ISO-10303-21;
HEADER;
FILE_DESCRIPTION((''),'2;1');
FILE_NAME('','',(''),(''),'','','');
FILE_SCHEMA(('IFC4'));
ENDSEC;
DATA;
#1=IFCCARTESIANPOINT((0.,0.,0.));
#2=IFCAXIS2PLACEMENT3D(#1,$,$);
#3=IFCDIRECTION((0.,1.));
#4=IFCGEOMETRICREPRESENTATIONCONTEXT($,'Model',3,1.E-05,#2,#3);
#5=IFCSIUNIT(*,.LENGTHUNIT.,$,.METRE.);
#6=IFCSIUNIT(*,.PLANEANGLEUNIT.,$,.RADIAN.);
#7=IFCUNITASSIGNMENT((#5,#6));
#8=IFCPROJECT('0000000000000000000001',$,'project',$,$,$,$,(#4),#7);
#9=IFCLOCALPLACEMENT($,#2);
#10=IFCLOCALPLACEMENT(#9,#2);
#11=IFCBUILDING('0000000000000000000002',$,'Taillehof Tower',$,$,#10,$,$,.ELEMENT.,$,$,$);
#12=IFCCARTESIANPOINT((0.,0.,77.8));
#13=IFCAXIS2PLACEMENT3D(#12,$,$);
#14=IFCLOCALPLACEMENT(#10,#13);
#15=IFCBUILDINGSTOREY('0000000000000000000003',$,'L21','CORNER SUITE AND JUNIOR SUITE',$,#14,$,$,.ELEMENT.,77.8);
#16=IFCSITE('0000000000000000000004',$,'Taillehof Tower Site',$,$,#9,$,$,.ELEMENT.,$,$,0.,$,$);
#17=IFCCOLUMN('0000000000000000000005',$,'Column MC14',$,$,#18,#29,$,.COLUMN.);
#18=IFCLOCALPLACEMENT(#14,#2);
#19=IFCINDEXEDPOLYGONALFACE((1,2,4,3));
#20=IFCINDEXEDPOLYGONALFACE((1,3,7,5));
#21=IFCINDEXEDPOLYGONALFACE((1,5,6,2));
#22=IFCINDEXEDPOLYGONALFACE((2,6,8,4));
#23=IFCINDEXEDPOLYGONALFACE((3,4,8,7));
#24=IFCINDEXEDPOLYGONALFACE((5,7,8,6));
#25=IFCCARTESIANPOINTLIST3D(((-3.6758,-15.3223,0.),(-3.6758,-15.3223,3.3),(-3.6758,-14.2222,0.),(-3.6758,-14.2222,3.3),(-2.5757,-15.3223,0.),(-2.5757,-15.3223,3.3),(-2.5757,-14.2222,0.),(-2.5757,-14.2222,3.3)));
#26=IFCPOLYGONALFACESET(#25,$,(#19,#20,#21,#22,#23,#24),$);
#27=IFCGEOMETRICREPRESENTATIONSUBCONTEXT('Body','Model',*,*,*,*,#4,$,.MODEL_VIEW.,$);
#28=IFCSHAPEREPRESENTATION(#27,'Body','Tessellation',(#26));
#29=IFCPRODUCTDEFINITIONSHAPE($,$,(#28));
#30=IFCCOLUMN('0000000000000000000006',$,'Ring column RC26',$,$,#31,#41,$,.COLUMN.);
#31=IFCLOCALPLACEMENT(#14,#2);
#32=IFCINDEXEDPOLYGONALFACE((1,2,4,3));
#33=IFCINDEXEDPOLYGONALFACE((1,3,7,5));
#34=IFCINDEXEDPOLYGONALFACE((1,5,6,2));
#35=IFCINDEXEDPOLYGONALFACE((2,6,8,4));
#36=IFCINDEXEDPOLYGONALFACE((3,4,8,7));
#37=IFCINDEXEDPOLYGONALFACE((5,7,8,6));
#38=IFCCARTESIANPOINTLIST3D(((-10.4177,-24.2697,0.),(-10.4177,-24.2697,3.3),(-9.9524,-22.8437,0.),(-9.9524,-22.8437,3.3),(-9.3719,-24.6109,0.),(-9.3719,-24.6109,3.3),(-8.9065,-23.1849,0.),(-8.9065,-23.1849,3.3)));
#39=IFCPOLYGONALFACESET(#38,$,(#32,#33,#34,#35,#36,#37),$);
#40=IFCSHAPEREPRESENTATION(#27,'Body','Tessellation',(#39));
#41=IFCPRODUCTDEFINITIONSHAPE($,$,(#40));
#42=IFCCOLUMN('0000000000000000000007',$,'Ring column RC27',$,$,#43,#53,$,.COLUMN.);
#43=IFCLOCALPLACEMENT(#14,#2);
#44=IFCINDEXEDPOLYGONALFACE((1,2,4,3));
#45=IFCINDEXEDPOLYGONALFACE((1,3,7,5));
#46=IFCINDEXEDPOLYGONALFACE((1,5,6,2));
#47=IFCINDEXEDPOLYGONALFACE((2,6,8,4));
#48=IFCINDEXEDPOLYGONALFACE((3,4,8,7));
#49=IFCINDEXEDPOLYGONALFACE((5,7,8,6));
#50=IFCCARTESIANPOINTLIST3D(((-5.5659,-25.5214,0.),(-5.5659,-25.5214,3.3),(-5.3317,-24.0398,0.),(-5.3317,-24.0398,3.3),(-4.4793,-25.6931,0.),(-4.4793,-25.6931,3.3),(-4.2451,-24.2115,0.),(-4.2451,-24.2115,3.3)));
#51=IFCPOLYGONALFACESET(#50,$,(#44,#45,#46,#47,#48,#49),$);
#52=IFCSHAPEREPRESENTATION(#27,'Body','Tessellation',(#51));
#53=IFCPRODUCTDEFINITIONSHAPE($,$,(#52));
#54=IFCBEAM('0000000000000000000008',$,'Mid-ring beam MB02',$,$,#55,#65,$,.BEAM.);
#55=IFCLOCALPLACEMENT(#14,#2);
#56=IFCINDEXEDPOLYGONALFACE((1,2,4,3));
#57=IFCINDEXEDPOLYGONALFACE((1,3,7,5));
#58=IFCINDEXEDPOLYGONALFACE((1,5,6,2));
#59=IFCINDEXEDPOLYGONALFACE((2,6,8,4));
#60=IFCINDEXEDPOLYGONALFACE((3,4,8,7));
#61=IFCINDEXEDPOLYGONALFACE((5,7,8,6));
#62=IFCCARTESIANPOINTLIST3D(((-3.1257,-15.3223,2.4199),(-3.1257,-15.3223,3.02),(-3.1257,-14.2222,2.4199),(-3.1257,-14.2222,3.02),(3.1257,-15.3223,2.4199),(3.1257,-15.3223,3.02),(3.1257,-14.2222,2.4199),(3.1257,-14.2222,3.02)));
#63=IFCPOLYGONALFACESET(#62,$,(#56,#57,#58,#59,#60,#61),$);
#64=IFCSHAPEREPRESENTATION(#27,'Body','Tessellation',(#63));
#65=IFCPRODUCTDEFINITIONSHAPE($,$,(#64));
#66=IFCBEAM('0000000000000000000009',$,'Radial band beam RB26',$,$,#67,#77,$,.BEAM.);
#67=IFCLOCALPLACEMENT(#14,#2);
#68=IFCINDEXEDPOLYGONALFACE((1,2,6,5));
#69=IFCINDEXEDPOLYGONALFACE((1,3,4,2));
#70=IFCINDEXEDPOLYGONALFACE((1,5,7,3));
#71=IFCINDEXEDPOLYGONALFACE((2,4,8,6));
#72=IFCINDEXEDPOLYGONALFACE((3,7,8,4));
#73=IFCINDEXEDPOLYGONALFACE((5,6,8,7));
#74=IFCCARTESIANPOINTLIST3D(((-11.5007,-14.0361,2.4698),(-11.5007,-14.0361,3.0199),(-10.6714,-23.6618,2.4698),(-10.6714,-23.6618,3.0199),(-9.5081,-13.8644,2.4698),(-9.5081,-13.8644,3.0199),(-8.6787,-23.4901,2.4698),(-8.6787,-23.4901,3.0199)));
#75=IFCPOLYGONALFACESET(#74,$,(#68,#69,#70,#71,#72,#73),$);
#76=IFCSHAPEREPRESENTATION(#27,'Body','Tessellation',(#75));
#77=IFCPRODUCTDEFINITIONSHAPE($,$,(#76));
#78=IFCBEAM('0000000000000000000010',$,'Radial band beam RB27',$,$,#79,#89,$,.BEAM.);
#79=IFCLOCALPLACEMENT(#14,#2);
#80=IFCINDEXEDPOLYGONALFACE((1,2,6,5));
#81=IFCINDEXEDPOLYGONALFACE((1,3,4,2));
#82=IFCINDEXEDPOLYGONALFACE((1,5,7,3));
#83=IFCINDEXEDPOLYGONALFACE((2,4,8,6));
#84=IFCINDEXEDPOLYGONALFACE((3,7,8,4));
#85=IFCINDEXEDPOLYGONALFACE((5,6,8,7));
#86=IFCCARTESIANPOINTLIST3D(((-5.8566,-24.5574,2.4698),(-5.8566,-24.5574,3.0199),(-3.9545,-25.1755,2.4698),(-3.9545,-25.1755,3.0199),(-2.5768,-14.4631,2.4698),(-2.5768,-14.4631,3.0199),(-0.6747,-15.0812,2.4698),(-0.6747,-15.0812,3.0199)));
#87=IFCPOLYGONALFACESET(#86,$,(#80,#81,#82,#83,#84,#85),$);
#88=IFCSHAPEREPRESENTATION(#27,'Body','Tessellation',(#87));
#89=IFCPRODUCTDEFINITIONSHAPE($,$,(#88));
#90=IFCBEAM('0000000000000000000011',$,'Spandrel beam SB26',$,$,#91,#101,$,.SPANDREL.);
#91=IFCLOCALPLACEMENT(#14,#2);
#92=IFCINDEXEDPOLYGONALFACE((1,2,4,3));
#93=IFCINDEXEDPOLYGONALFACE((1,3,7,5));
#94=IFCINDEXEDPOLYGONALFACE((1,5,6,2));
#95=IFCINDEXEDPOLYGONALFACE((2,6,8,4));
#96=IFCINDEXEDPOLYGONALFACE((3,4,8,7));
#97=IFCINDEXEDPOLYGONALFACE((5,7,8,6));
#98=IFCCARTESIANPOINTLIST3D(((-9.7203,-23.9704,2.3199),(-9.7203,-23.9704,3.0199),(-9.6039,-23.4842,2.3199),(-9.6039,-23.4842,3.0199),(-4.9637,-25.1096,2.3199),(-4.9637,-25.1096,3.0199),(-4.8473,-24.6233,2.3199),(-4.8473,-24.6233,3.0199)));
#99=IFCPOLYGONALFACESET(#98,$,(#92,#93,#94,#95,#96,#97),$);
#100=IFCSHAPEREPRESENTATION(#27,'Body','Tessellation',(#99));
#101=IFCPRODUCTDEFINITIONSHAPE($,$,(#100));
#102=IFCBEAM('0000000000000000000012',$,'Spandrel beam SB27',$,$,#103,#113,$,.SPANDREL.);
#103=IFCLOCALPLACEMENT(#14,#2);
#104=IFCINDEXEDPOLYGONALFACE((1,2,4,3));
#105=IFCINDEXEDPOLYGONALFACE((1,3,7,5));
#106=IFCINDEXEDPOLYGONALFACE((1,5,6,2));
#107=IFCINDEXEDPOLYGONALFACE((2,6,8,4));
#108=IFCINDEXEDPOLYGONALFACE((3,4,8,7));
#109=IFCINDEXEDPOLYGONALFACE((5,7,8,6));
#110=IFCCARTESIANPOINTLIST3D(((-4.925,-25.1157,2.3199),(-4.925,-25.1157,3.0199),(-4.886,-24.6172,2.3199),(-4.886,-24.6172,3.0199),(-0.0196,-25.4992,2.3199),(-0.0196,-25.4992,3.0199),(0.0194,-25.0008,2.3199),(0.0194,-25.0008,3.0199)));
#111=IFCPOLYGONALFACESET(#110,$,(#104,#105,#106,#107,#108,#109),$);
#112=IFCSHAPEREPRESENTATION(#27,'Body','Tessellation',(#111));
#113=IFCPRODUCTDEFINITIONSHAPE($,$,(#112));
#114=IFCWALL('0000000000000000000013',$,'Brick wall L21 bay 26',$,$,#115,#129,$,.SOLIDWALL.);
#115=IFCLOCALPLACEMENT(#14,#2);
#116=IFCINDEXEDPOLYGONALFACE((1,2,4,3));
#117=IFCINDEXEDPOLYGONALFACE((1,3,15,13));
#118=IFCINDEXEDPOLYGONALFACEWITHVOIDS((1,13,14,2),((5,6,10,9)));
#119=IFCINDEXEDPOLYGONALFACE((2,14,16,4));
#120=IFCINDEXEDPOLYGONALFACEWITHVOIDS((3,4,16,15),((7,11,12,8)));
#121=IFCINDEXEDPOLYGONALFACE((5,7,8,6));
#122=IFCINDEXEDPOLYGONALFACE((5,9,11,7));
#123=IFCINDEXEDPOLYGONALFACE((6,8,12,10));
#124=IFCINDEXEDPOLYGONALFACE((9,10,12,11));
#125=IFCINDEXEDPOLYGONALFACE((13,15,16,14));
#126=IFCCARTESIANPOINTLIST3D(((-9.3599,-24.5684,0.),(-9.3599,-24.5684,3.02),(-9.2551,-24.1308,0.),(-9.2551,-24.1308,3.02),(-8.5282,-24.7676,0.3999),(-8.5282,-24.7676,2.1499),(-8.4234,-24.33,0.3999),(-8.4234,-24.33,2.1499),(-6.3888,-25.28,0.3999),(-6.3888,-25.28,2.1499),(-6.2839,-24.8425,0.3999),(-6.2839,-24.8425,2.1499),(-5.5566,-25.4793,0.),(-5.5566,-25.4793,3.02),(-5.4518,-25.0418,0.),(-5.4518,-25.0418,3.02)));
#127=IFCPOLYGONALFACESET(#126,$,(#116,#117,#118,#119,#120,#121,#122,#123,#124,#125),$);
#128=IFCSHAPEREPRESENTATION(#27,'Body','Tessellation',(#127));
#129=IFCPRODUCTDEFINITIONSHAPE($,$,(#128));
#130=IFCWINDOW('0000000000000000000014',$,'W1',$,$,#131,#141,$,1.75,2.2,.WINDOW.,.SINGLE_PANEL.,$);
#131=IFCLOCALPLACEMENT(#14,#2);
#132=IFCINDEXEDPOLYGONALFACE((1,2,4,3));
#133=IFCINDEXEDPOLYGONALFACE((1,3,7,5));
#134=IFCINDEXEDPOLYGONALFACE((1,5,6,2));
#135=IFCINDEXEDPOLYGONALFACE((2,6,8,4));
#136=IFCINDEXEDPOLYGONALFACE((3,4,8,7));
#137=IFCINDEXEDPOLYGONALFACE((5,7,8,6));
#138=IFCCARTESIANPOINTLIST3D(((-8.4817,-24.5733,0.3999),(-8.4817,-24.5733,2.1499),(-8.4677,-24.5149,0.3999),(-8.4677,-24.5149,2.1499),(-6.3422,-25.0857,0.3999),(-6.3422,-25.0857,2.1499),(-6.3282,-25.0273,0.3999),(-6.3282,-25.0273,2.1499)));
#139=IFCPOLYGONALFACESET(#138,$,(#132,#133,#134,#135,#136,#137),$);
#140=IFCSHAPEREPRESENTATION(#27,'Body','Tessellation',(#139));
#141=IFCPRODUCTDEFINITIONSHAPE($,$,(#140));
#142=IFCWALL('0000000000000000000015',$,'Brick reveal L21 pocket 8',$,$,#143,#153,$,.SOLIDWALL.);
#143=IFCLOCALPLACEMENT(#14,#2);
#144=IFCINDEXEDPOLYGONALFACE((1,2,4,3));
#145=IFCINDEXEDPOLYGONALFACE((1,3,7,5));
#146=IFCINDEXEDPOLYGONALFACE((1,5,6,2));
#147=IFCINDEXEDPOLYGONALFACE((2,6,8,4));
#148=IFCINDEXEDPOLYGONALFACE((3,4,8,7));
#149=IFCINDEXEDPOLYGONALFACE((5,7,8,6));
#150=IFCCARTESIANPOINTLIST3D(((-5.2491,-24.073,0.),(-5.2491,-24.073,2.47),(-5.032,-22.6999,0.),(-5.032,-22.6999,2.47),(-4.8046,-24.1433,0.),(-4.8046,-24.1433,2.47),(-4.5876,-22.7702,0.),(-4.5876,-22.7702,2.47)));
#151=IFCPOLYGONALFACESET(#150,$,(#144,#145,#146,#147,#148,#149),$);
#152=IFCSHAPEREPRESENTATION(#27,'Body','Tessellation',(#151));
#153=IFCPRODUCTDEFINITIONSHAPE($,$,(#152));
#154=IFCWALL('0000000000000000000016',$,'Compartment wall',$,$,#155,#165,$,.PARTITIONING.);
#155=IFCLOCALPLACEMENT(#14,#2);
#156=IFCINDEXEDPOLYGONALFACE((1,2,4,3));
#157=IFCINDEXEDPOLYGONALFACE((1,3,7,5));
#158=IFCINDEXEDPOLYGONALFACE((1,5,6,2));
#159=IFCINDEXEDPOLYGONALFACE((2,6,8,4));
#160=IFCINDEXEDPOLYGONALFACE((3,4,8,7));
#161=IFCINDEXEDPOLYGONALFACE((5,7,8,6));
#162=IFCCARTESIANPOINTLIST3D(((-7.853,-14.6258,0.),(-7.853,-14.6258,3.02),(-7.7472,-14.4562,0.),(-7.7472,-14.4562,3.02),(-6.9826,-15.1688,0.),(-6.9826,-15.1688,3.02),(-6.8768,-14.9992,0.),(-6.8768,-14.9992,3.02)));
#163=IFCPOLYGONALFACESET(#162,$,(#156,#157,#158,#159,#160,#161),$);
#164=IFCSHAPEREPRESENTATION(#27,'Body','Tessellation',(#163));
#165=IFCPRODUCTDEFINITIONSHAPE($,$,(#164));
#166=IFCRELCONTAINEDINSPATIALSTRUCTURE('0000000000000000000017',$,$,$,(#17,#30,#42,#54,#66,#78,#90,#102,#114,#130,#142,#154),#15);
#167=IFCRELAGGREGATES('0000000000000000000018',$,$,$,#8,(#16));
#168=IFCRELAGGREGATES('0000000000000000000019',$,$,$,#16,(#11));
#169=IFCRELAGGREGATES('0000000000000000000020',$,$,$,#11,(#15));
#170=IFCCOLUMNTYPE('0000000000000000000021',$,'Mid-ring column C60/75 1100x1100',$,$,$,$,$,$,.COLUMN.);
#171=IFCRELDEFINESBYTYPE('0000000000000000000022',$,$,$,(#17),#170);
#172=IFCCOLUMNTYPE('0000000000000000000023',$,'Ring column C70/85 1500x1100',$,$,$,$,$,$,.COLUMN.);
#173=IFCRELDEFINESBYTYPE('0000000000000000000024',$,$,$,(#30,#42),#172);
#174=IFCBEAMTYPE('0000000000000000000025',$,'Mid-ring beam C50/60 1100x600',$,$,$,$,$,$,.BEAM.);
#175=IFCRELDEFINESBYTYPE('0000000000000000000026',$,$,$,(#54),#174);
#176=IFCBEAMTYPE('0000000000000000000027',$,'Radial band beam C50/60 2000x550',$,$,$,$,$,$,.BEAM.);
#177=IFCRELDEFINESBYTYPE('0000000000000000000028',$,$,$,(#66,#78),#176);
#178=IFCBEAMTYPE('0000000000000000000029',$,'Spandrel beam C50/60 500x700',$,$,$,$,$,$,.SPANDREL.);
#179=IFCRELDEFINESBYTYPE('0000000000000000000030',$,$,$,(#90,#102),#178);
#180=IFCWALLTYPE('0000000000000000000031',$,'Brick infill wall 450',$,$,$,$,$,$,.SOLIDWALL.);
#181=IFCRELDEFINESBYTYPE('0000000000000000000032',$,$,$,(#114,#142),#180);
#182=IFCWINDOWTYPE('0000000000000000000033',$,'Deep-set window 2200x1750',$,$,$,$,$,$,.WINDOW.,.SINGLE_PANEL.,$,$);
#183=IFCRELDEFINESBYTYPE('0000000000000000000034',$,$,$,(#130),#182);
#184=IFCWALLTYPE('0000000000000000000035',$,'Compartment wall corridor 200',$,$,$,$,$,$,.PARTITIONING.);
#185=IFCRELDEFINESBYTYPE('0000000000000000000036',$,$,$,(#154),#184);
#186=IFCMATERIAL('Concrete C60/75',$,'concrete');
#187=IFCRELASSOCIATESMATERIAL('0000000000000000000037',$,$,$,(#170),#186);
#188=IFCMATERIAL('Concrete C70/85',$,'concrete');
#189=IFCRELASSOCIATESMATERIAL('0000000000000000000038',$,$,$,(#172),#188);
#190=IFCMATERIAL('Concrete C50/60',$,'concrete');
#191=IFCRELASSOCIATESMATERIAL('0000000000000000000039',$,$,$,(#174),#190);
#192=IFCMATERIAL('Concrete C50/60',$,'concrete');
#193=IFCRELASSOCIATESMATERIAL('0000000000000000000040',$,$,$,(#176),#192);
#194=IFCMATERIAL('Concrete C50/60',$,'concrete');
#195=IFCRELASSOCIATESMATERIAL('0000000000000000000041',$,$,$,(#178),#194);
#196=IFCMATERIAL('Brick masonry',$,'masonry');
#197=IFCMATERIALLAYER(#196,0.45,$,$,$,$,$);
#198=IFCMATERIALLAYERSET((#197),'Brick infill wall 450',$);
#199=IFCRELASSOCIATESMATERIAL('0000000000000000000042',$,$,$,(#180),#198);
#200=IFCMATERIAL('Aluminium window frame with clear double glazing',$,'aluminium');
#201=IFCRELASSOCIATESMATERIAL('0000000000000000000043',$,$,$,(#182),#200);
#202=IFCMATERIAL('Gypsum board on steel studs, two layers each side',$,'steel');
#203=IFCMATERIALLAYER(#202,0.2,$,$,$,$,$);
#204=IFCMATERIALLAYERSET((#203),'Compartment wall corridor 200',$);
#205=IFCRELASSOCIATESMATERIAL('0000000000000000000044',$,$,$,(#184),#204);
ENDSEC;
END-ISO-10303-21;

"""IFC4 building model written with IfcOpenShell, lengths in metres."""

from ifc_helpers import new_model, si_unit, direction, frame, frame_2d, origin, origin_2d, place, context, subcontext, project, spatial, rectangle, extrude, material, layer, layer_set, material_profile, profile_set, type_object, element, fill, save


model = new_model("IFC4")

# Units and contexts
model_context = context("Model", 3, precision=1e-05, world=origin(), true_north=direction((0.0, 1.0)))
body_context = subcontext(model_context, "Body", "Model", "MODEL_VIEW")
ifc_project = project(units=[si_unit("LENGTHUNIT", "METRE"), si_unit("PLANEANGLEUNIT", "RADIAN")], contexts=[model_context])

# Site, building, storey
site_placement = place(None, origin())
site = spatial("IfcSite", under=ifc_project, at=site_placement, Name="Taillehof Tower Site", CompositionType="ELEMENT", RefElevation=0.0)
building_placement = place(site_placement, origin())
building = spatial("IfcBuilding", under=site, at=building_placement, Name="Taillehof Tower", CompositionType="ELEMENT")
storey_placement = place(building_placement, frame((0.0, 0.0, 77.8)))
storey = spatial("IfcBuildingStorey", under=building, at=storey_placement, Name="L21", Description="CORNER SUITE AND JUNIOR SUITE", CompositionType="ELEMENT", Elevation=77.8)

# Columns
ifc_material_1 = material(Name="Concrete C60/75", Category="concrete")
ifc_material_profile_1 = material_profile(ifc_material_1, rectangle(XDim=1.1001, YDim=1.1001, at=origin_2d()), Name="RC 1100x1100")
ifc_profile_set_1 = profile_set([ifc_material_profile_1], Name="Concrete C60/75")
column_type_1 = type_object("IfcColumnType", Name="Mid-ring column C60/75 1100x1100", PredefinedType="COLUMN", material=ifc_profile_set_1)
column_placement = place(storey_placement, frame((-3.1257, -14.7722, 0.0), z_axis=(0.0, 0.0, 1.0), x_axis=(1.0, 0.0, 0.0)))
element("IfcColumn", 1, at=column_placement, inside=storey, type_object=column_type_1, Name="Column MC14", PredefinedType="COLUMN", context=body_context, shape_type="SweptSolid", body=[
    extrude(rectangle(XDim=1.1001, YDim=1.1001, at=origin_2d()), origin(), (0.0, 0.0, 1.0), 3.3),
])
ifc_material_2 = material(Name="Concrete C70/85", Category="concrete")
ifc_material_profile_2 = material_profile(ifc_material_2, rectangle(XDim=1.5, YDim=1.1001, at=origin_2d()), Name="RC 1500x1100")
ifc_profile_set_2 = profile_set([ifc_material_profile_2], Name="Concrete C70/85")
column_type_2 = type_object("IfcColumnType", Name="Ring column C70/85 1500x1100", PredefinedType="COLUMN", material=ifc_profile_set_2)
for number, where, z_axis, x_axis, name in (
    (2, (-9.6621, -23.7273, 0.0), (0.0, 0.0, 1.0), (-0.310219, -0.950665, 0.0), "Ring column RC26"),
    (3, (-4.9055, -24.8665, 0.0), (0.0, 0.0, 1.0), (-0.156147, -0.987734, 0.0), "Ring column RC27"),
):
    element("IfcColumn", number, at=place(storey_placement, frame(where, z_axis=z_axis, x_axis=x_axis)), inside=storey, type_object=column_type_2, Name=name, PredefinedType="COLUMN", context=body_context, shape_type="SweptSolid", body=[
        extrude(rectangle(XDim=1.5, YDim=1.1001, at=origin_2d()), origin(), (0.0, 0.0, 1.0), 3.3),
    ])

# Beams
ifc_material_3 = material(Name="Concrete C50/60", Category="concrete")
ifc_material_profile_3 = material_profile(ifc_material_3, rectangle(XDim=1.1001, YDim=0.6001, at=origin_2d()), Name="RC 1100x600")
ifc_profile_set_3 = profile_set([ifc_material_profile_3], Name="Concrete C50/60")
beam_type_1 = type_object("IfcBeamType", Name="Mid-ring beam C50/60 1100x600", PredefinedType="BEAM", material=ifc_profile_set_3)
beam_1_placement = place(storey_placement, frame((-3.1257, -14.7722, 2.72), z_axis=(1.0, 0.0, 0.0), x_axis=(0.0, 1.0, 0.0)))
element("IfcBeam", 4, at=beam_1_placement, inside=storey, type_object=beam_type_1, Name="Mid-ring beam MB02", PredefinedType="BEAM", context=body_context, shape_type="SweptSolid", body=[
    extrude(rectangle(XDim=1.1001, YDim=0.6001, at=origin_2d()), origin(), (0.0, 0.0, 1.0), 6.2515),
])
ifc_material_4 = material(Name="Concrete C50/60", Category="concrete")
ifc_material_profile_4 = material_profile(ifc_material_4, rectangle(XDim=2.0, YDim=0.55, at=origin_2d()), Name="RC 2000x550")
ifc_profile_set_4 = profile_set([ifc_material_profile_4], Name="Concrete C50/60")
beam_type_2 = type_object("IfcBeamType", Name="Radial band beam C50/60 2000x550", PredefinedType="BEAM", material=ifc_profile_set_4)
beam_2_placement = place(storey_placement, frame((-9.675, -23.5759, 2.7449), z_axis=(-0.085841, 0.996309, 0.0), x_axis=(-0.996309, -0.085841, 0.0)))
element("IfcBeam", 5, at=beam_2_placement, inside=storey, type_object=beam_type_2, Name="Radial band beam RB26", PredefinedType="BEAM", context=body_context, shape_type="SweptSolid", body=[
    extrude(rectangle(XDim=2.0, YDim=0.55, at=origin_2d()), origin(), (0.0, 0.0, 1.0), 9.6614),
])
beam_3_placement = place(storey_placement, frame((-4.9055, -24.8665, 2.7449), z_axis=(0.309014, 0.951057, 0.0), x_axis=(-0.951057, 0.309014, 0.0)))
element("IfcBeam", 6, at=beam_3_placement, inside=storey, type_object=beam_type_2, Name="Radial band beam RB27", PredefinedType="BEAM", context=body_context, shape_type="SweptSolid", body=[
    extrude(rectangle(XDim=2.0, YDim=0.55, at=origin_2d()), origin(), (0.0, 0.0, 1.0), 10.6138),
])
ifc_material_5 = material(Name="Concrete C50/60", Category="concrete")
ifc_material_profile_5 = material_profile(ifc_material_5, rectangle(XDim=0.5, YDim=0.7, at=origin_2d()), Name="RC 500x700")
ifc_profile_set_5 = profile_set([ifc_material_profile_5], Name="Concrete C50/60")
beam_type_3 = type_object("IfcBeamType", Name="Spandrel beam C50/60 500x700", PredefinedType="SPANDREL", material=ifc_profile_set_5)
beam_4_placement = place(storey_placement, frame((-9.6621, -23.7273, 2.6699), z_axis=(0.9725, -0.232905, 0.0), x_axis=(0.232905, 0.9725, 0.0)))
element("IfcBeam", 7, at=beam_4_placement, inside=storey, type_object=beam_type_3, Name="Spandrel beam SB26", PredefinedType="SPANDREL", context=body_context, shape_type="SweptSolid", body=[
    extrude(rectangle(XDim=0.5, YDim=0.7, at=origin_2d()), origin(), (0.0, 0.0, 1.0), 4.8911),
])
beam_5_placement = place(storey_placement, frame((-4.9055, -24.8665, 2.6699), z_axis=(0.996957, -0.077949, 0.0), x_axis=(0.077949, 0.996957, 0.0)))
element("IfcBeam", 8, at=beam_5_placement, inside=storey, type_object=beam_type_3, Name="Spandrel beam SB27", PredefinedType="SPANDREL", context=body_context, shape_type="SweptSolid", body=[
    extrude(rectangle(XDim=0.5, YDim=0.7, at=origin_2d()), origin(), (0.0, 0.0, 1.0), 4.9204),
])

# Wall, opening, window
ifc_material_6 = material(Name="Brick masonry", Category="masonry")
ifc_layer_1 = layer(ifc_material_6, 0.45)
ifc_layer_set_1 = layer_set([ifc_layer_1], Name="Brick infill wall 450")
wall_type_1 = type_object("IfcWallType", Name="Brick infill wall 450", PredefinedType="SOLIDWALL", material=ifc_layer_set_1)
wall_1_placement = place(storey_placement, frame((-9.3076, -24.3496, 0.0), z_axis=(0.0, 0.0, 1.0), x_axis=(0.972497, -0.232917, 0.0)))
wall_1 = element("IfcWall", 9, at=wall_1_placement, inside=storey, type_object=wall_type_1, Name="Brick wall L21 bay 26", PredefinedType="SOLIDWALL", context=body_context, shape_type="SweptSolid", body=[
    extrude(rectangle(XDim=3.9109, YDim=0.45, at=frame_2d((1.9556, 0.0))), origin(), (0.0, 0.0, 1.0), 3.02),
])
opening_1_placement = place(wall_1_placement, frame((0.8552, 0.0, 0.3999)))
opening_1 = element("IfcOpeningElement", 10, at=opening_1_placement, cuts=wall_1, PredefinedType="OPENING", context=body_context, shape_type="SweptSolid", body=[
    extrude(rectangle(XDim=2.2, YDim=1.75, at=frame_2d((1.1001, 0.875))), frame((0.0, 0.2349, 0.0), z_axis=(0.0, -1.0, 0.0), x_axis=(1.0, 0.0, 0.0)), (0.0, 0.0, 1.0), 0.47),
])
ifc_material_7 = material(Name="Aluminium window frame with clear double glazing", Category="aluminium")
window_type_1 = type_object("IfcWindowType", Name="Deep-set window 2200x1750", PartitioningType="SINGLE_PANEL", PredefinedType="WINDOW", material=ifc_material_7)
window_1_placement = place(opening_1_placement, origin())
window_1 = element("IfcWindow", 11, at=window_1_placement, inside=storey, type_object=window_type_1, Name="W1", OverallHeight=1.75, OverallWidth=2.2, PartitioningType="SINGLE_PANEL", PredefinedType="WINDOW", context=body_context, shape_type="SweptSolid", body=[
    extrude(rectangle(XDim=2.2, YDim=1.75, at=frame_2d((1.1001, 0.875))), frame((0.0, 0.0349, 0.0), z_axis=(0.0, -1.0, 0.0), x_axis=(1.0, 0.0, 0.0)), (0.0, 0.0, 1.0), 0.0601),
])
fill(opening_1, window_1)

# Wall
wall_2_placement = place(storey_placement, frame((-5.0269, -24.1082, 0.0), z_axis=(0.0, 0.0, 1.0), x_axis=(0.156134, 0.987736, 0.0)))
element("IfcWall", 12, at=wall_2_placement, inside=storey, type_object=wall_type_1, Name="Brick reveal L21 pocket 8", PredefinedType="SOLIDWALL", context=body_context, shape_type="SweptSolid", body=[
    extrude(rectangle(XDim=1.3901, YDim=0.45, at=frame_2d((0.6951, 0.0))), origin(), (0.0, 0.0, 1.0), 2.47),
])

# Wall
ifc_material_8 = material(Name="Gypsum board on steel studs, two layers each side", Category="steel")
ifc_layer_2 = layer(ifc_material_8, 0.2)
ifc_layer_set_2 = layer_set([ifc_layer_2], Name="Compartment wall corridor 200")
wall_type_2 = type_object("IfcWallType", Name="Compartment wall corridor 200", PredefinedType="PARTITIONING", material=ifc_layer_set_2)
wall_3_placement = place(storey_placement, frame((-6.9297, -15.084, 0.0), z_axis=(0.0, 0.0, 1.0), x_axis=(-0.848439, 0.529293, 0.0)))
element("IfcWall", 13, at=wall_3_placement, inside=storey, type_object=wall_type_2, Name="Compartment wall", PredefinedType="PARTITIONING", context=body_context, shape_type="SweptSolid", body=[
    extrude(rectangle(XDim=1.0259, YDim=0.2, at=frame_2d((0.5129, 0.0))), origin(), (0.0, 0.0, 1.0), 3.02),
])

save(model, "model.ifc")
